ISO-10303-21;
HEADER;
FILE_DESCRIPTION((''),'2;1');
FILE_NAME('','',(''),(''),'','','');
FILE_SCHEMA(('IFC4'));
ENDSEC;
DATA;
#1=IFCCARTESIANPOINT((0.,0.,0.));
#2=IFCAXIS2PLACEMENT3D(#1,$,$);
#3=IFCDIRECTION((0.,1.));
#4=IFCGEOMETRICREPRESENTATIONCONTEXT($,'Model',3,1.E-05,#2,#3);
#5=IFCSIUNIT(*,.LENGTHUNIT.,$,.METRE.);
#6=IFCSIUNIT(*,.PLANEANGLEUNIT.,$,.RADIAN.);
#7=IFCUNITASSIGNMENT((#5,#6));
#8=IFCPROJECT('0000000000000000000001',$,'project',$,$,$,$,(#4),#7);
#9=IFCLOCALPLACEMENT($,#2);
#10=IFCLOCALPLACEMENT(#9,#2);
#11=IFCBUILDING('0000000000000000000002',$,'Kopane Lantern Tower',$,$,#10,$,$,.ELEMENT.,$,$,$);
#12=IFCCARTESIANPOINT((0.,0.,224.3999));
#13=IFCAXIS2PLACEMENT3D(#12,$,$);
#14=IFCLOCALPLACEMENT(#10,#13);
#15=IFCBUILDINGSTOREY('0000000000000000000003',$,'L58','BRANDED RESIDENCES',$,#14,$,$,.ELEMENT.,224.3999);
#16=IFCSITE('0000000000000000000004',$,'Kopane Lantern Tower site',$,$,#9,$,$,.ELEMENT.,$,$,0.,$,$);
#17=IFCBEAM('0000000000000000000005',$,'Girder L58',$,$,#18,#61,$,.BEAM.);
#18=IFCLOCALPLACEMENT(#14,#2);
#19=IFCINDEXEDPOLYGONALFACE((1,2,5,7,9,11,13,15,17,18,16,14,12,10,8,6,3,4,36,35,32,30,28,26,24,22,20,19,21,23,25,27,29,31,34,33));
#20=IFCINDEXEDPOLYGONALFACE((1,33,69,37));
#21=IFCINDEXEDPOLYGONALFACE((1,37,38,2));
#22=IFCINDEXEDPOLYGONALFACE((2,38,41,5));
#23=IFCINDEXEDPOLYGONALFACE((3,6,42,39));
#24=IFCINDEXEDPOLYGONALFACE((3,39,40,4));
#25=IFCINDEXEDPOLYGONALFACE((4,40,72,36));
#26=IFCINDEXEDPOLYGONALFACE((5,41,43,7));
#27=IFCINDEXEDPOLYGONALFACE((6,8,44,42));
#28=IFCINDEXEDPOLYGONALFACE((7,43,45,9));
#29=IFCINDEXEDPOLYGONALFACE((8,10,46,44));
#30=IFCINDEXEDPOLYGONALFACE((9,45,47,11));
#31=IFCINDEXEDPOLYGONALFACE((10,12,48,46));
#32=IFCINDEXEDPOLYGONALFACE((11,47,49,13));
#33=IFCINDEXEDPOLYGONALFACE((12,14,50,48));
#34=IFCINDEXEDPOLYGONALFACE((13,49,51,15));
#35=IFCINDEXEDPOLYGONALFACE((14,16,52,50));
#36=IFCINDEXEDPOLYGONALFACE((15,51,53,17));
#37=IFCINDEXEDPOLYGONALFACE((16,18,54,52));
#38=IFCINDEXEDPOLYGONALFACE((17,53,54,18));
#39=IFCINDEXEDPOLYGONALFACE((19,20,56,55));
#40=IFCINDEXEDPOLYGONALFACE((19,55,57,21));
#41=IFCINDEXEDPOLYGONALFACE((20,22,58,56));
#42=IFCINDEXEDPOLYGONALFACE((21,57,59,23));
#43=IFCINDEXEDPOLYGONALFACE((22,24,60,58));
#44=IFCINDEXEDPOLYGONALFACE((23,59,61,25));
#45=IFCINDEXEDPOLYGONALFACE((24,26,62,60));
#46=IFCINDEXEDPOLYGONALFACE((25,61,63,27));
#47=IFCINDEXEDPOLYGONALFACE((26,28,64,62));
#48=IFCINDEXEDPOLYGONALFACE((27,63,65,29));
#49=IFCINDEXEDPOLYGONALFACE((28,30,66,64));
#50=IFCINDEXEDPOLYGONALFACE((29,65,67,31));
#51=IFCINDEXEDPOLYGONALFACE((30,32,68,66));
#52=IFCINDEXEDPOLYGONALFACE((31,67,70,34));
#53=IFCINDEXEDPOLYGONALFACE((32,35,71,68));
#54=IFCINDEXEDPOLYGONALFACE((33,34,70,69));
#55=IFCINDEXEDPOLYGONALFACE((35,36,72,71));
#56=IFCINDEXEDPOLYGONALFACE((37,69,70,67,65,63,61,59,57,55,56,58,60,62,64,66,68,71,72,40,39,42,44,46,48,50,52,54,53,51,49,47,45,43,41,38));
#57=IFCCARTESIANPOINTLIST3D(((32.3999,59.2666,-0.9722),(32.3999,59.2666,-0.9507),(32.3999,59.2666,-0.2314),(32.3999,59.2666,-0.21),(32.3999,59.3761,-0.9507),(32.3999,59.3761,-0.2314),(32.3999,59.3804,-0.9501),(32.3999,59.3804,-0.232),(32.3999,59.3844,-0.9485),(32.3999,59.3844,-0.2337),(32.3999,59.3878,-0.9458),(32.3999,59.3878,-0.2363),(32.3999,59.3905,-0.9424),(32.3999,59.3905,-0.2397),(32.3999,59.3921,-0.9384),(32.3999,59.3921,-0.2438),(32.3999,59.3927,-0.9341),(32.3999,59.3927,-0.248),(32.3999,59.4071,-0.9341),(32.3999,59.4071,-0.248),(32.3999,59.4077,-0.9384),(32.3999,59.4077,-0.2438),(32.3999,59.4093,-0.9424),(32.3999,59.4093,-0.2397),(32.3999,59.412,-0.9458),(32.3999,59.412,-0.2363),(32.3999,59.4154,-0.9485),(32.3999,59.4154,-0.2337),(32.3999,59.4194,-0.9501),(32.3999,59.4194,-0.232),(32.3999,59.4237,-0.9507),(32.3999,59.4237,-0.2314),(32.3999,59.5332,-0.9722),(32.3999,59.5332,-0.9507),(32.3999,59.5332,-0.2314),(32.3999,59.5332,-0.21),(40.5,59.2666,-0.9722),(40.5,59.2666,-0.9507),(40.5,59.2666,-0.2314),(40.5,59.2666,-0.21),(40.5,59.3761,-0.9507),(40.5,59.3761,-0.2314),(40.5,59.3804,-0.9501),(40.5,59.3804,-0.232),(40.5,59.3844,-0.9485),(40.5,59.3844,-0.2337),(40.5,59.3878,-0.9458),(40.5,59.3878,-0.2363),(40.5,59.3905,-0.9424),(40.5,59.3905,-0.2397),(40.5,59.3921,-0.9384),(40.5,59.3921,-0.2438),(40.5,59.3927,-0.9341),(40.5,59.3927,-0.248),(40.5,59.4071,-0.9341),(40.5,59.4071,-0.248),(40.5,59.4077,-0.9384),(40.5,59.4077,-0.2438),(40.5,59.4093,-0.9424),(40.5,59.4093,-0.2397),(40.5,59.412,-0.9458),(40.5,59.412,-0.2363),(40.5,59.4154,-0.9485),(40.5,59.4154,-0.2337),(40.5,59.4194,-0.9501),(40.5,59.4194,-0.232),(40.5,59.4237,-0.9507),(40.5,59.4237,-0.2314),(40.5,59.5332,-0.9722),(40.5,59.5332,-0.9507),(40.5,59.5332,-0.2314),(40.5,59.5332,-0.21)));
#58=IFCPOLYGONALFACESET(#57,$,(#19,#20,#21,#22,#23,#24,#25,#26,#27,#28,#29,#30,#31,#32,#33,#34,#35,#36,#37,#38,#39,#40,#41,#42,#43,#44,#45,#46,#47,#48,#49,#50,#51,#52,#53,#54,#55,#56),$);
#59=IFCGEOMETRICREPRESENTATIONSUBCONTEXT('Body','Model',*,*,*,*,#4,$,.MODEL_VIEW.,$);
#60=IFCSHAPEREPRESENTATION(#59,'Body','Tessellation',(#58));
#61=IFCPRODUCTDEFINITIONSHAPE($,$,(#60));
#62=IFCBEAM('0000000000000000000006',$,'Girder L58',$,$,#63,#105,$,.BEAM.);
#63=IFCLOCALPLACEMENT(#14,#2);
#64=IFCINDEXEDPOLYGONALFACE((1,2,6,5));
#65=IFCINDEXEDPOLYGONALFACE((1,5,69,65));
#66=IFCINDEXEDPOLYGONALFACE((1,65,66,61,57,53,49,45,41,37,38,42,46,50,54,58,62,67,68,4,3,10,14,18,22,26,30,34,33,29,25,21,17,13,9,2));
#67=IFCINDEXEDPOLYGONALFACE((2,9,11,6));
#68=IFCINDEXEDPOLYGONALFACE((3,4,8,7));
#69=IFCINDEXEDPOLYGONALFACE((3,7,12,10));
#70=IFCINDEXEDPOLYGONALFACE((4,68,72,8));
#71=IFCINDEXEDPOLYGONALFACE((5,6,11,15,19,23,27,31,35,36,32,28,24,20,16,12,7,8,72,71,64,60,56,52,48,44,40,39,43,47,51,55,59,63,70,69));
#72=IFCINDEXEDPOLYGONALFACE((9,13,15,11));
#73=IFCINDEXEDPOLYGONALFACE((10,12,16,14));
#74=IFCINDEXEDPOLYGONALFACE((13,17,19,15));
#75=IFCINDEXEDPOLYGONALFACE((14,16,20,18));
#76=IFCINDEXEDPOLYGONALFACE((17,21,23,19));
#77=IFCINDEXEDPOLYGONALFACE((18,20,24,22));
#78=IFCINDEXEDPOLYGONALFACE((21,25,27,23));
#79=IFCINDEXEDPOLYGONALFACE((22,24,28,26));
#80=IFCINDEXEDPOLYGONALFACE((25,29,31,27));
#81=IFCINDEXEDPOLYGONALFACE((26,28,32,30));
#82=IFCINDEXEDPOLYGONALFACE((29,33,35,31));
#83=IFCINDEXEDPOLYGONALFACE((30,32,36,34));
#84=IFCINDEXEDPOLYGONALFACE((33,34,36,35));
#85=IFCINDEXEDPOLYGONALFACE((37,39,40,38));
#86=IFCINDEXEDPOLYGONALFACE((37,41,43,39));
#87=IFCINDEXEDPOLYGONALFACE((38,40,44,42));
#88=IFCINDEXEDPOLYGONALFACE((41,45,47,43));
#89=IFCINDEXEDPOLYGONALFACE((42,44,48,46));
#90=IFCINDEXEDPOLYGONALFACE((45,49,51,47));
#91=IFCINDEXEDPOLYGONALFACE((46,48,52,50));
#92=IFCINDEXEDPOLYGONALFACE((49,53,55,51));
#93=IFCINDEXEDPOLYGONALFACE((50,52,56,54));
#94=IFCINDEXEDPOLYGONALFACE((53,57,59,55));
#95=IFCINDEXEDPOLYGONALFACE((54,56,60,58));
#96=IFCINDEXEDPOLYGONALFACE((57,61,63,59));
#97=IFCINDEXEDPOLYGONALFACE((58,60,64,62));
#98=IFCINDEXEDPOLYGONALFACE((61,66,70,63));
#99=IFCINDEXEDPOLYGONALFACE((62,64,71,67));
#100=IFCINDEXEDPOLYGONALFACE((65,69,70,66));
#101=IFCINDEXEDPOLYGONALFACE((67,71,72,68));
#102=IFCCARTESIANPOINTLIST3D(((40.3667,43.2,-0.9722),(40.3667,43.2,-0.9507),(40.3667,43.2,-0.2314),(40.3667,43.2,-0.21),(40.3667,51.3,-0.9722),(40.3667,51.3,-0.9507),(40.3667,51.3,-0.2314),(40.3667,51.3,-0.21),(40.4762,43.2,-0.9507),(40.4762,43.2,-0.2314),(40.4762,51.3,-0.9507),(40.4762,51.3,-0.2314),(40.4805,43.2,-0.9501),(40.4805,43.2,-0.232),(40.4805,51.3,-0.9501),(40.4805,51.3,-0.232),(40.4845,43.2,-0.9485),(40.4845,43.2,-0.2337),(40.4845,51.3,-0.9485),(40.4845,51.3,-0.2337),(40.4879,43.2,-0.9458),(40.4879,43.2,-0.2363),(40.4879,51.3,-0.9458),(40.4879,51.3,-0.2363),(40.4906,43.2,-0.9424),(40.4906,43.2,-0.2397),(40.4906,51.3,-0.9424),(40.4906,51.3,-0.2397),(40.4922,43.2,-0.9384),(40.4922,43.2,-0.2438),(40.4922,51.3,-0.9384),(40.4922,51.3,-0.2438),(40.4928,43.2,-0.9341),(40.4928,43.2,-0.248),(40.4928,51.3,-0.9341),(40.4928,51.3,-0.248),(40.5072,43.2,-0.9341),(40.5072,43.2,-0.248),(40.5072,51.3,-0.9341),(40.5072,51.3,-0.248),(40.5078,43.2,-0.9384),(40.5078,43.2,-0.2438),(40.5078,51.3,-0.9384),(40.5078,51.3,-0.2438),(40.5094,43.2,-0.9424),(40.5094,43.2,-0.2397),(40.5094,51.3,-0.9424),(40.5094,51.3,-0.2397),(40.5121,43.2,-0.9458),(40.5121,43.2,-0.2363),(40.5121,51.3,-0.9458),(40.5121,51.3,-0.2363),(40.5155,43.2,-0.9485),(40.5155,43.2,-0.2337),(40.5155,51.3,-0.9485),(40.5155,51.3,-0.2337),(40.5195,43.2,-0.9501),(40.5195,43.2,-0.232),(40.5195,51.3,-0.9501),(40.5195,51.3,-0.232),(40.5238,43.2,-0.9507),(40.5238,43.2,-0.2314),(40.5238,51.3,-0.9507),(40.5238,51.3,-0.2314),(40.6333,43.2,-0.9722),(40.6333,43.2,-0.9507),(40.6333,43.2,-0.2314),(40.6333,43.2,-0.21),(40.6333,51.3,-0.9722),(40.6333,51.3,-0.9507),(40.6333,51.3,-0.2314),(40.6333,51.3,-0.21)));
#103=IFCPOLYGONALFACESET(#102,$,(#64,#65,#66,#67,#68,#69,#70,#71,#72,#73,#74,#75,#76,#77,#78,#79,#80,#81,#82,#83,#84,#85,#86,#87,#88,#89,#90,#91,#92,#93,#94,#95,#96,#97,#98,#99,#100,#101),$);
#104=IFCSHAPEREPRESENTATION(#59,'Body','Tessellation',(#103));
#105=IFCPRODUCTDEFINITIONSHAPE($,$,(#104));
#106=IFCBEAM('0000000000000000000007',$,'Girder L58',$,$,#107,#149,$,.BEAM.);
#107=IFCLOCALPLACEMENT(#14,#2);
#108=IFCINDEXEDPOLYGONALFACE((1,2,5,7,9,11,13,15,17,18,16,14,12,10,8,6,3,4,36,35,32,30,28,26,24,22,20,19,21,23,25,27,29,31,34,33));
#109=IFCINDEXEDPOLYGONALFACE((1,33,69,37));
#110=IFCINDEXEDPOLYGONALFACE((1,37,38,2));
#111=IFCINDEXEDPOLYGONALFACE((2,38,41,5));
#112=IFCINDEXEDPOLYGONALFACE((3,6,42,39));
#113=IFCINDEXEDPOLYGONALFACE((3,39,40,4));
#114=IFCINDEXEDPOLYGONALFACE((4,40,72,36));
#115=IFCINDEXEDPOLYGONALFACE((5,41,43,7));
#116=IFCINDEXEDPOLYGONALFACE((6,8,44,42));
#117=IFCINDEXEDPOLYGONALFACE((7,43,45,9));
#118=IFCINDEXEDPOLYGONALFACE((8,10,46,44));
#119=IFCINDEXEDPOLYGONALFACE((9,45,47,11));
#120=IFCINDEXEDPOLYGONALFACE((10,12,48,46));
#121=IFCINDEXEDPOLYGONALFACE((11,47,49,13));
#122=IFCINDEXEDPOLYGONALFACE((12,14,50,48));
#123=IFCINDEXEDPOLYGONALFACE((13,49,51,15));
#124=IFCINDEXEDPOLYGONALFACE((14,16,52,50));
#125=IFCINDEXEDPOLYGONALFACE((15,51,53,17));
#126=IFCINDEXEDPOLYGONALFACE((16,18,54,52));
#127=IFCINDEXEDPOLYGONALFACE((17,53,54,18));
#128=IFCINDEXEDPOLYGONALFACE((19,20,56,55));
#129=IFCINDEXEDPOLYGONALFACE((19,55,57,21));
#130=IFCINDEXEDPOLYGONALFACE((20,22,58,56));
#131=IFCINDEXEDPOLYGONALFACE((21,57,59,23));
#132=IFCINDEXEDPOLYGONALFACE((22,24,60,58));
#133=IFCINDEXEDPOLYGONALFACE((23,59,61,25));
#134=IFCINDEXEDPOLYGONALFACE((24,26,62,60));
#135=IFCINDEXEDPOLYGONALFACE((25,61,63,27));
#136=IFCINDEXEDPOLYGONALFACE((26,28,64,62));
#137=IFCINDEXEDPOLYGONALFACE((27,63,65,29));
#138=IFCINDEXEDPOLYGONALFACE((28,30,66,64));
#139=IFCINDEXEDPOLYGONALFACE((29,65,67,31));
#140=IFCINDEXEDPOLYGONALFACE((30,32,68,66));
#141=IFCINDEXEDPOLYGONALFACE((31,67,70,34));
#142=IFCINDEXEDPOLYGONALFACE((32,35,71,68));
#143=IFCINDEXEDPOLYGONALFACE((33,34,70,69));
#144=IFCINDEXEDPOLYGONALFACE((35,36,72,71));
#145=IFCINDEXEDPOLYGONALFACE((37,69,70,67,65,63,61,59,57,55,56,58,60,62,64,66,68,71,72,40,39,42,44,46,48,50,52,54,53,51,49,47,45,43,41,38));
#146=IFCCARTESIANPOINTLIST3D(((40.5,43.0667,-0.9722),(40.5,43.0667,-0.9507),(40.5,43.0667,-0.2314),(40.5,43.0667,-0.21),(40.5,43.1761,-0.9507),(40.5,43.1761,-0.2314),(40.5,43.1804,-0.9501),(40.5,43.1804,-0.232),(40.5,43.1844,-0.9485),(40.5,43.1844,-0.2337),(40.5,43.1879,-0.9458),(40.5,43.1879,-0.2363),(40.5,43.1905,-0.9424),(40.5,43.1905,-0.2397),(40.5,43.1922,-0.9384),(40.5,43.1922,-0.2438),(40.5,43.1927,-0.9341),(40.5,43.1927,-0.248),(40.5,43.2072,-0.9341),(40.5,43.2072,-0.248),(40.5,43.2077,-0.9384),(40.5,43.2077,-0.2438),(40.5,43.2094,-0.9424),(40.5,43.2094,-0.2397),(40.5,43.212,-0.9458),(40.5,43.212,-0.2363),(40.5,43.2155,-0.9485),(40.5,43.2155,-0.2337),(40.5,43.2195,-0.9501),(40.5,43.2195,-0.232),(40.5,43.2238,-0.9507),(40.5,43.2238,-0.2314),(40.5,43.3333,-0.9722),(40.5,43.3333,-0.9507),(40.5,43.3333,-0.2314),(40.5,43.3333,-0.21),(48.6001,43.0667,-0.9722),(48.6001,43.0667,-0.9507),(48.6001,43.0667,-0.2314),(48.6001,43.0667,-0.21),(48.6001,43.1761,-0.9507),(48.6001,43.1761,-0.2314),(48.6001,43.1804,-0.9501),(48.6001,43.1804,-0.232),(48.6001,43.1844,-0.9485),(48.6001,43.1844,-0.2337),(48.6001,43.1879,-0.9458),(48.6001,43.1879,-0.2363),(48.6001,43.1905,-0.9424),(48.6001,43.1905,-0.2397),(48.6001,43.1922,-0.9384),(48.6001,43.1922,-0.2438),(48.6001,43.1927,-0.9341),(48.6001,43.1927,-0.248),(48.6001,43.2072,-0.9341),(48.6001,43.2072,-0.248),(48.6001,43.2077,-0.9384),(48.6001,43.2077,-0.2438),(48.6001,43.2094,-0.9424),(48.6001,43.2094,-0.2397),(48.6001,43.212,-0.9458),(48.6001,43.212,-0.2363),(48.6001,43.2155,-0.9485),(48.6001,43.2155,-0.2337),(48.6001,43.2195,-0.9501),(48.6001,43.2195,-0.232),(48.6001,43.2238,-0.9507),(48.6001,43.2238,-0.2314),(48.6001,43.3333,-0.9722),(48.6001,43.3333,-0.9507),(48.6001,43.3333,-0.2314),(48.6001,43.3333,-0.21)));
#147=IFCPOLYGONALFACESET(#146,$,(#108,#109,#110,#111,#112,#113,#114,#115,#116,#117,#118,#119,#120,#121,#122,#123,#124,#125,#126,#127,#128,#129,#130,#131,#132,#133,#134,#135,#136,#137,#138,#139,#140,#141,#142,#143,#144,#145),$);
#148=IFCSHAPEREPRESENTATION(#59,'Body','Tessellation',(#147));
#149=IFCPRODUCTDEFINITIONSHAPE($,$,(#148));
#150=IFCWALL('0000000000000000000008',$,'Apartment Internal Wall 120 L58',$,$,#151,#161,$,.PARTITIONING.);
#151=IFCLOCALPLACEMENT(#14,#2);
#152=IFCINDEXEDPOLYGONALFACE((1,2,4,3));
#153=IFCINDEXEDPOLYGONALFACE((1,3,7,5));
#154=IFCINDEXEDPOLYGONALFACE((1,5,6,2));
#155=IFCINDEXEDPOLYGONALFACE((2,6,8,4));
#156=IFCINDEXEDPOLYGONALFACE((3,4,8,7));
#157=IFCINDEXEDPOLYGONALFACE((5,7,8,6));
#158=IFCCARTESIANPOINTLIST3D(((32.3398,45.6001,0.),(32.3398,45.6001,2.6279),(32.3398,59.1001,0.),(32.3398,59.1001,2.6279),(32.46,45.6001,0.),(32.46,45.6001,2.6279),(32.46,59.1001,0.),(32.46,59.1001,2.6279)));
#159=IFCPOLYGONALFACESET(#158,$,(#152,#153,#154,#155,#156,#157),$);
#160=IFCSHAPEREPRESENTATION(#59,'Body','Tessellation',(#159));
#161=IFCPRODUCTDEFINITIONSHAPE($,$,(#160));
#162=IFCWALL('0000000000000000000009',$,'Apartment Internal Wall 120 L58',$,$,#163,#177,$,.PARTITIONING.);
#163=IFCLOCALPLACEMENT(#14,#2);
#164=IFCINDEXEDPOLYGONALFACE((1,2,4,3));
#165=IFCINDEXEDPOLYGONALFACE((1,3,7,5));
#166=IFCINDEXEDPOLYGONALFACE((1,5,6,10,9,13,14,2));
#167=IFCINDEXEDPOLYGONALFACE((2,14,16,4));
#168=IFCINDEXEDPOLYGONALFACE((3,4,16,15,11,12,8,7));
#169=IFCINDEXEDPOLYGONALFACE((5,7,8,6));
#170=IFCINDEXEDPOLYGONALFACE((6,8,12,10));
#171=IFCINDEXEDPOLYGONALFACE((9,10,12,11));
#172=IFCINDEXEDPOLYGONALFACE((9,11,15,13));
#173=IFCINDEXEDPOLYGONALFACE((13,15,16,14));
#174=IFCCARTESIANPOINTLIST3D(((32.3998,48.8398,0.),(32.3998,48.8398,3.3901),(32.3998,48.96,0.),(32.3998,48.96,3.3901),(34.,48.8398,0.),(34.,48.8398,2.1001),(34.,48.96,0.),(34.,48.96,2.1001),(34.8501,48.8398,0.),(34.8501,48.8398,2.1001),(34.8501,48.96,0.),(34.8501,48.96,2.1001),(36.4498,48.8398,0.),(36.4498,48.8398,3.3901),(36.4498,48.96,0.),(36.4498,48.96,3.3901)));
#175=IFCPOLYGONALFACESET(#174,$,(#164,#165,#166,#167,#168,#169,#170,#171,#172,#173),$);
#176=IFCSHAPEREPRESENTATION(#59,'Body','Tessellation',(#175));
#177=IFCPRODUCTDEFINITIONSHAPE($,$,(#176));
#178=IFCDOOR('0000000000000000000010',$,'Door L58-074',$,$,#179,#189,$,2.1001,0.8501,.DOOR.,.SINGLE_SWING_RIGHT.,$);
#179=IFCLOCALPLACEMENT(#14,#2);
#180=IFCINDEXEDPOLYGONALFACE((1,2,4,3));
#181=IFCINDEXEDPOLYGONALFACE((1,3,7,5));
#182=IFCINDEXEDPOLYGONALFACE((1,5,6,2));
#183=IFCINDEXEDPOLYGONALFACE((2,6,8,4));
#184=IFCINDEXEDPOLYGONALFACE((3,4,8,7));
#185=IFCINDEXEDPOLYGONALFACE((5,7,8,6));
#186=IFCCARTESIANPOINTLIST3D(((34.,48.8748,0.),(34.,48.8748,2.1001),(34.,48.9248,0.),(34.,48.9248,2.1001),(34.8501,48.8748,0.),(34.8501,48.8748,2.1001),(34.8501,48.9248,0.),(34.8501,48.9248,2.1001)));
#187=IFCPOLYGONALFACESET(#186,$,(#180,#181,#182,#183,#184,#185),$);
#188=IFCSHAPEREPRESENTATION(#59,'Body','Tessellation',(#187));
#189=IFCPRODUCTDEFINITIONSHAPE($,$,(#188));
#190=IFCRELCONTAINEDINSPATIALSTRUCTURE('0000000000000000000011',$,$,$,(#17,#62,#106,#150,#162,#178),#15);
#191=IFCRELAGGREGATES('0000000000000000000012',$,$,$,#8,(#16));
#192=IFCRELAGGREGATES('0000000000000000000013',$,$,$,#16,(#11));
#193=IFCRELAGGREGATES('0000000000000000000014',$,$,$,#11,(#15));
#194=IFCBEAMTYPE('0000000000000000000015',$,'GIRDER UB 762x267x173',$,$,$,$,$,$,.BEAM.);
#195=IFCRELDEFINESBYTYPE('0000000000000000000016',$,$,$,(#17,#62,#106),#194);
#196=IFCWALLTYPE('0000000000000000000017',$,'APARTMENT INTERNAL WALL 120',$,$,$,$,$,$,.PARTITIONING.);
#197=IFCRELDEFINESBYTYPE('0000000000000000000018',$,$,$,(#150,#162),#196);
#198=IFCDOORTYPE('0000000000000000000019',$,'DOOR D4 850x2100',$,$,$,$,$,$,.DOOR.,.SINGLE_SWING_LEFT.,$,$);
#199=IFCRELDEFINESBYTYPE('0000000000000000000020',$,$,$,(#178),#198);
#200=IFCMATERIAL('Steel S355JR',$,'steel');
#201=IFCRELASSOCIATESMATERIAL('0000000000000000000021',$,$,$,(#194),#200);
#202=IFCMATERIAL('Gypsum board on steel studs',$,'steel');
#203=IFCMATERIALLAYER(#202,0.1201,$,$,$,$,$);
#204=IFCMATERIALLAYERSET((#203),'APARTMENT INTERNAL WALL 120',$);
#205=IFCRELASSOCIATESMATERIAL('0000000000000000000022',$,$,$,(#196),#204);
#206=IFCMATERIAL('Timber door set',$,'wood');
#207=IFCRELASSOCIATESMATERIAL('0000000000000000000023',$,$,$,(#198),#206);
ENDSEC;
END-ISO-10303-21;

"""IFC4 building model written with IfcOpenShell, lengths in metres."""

from ifc_helpers import new_model, si_unit, direction, frame, frame_2d, origin, origin_2d, place, context, subcontext, project, spatial, rectangle, i_section, extrude, material, layer, layer_set, material_profile, profile_set, type_object, element, fill, save


model = new_model("IFC4")

# Units and contexts
model_context = context("Model", 3, precision=1e-05, world=origin(), true_north=direction((0.0, 1.0)))
body_context = subcontext(model_context, "Body", "Model", "MODEL_VIEW")
ifc_project = project(units=[si_unit("LENGTHUNIT", "METRE"), si_unit("PLANEANGLEUNIT", "RADIAN")], contexts=[model_context])

# Site, building, storey
site_placement = place(None, origin())
site = spatial("IfcSite", under=ifc_project, at=site_placement, Name="Kopane Lantern Tower site", CompositionType="ELEMENT", RefElevation=0.0)
building_placement = place(site_placement, origin())
building = spatial("IfcBuilding", under=site, at=building_placement, Name="Kopane Lantern Tower", CompositionType="ELEMENT")
storey_placement = place(building_placement, frame((0.0, 0.0, 224.3999)))
storey = spatial("IfcBuildingStorey", under=building, at=storey_placement, Name="L58", Description="BRANDED RESIDENCES", CompositionType="ELEMENT", Elevation=224.3999)

# Beams
ifc_material_1 = material(Name="Steel S355JR", Category="steel")
ifc_material_profile_1 = material_profile(ifc_material_1, i_section(OverallWidth=0.2666, OverallDepth=0.7622, WebThickness=0.0144, FlangeThickness=0.0215, FilletRadius=0.0166, at=origin_2d()), Name="UB 762x267x173")
ifc_profile_set_1 = profile_set([ifc_material_profile_1], Name="Steel S355JR")
beam_type_1 = type_object("IfcBeamType", Name="GIRDER UB 762x267x173", PredefinedType="BEAM", material=ifc_profile_set_1)
for number, where, z_axis, x_axis, name in (
    (1, (32.3999, 59.3999, -0.5911), (1.0, 0.0, 0.0), (0.0, 1.0, 0.0), "Girder L58"),
    (2, (40.5, 43.2, -0.5911), (0.0, 1.0, 0.0), (-1.0, 0.0, 0.0), "Girder L58"),
    (3, (40.5, 43.2, -0.5911), (1.0, 0.0, 0.0), (0.0, 1.0, 0.0), "Girder L58"),
):
    element("IfcBeam", number, at=place(storey_placement, frame(where, z_axis=z_axis, x_axis=x_axis)), inside=storey, type_object=beam_type_1, Name=name, PredefinedType="BEAM", context=body_context, shape_type="SweptSolid", body=[
        extrude(i_section(OverallWidth=0.2666, OverallDepth=0.7622, WebThickness=0.0144, FlangeThickness=0.0215, FilletRadius=0.0166, at=origin_2d()), origin(), (0.0, 0.0, 1.0), 8.1001),
    ])

# Wall
ifc_material_2 = material(Name="Gypsum board on steel studs", Category="steel")
ifc_layer_1 = layer(ifc_material_2, 0.1201)
ifc_layer_set_1 = layer_set([ifc_layer_1], Name="APARTMENT INTERNAL WALL 120")
wall_type_1 = type_object("IfcWallType", Name="APARTMENT INTERNAL WALL 120", PredefinedType="PARTITIONING", material=ifc_layer_set_1)
wall_1_placement = place(storey_placement, frame((32.3999, 45.6001, 0.0), z_axis=(0.0, 0.0, 1.0), x_axis=(0.0, 1.0, 0.0)))
element("IfcWall", 4, at=wall_1_placement, inside=storey, type_object=wall_type_1, Name="Apartment Internal Wall 120 L58", PredefinedType="PARTITIONING", context=body_context, shape_type="SweptSolid", body=[
    extrude(rectangle(XDim=13.5, YDim=0.1201, at=frame_2d((6.75, 0.0))), origin(), (0.0, 0.0, 1.0), 2.6279),
])

# Wall, opening, door
wall_2_placement = place(storey_placement, frame((32.3999, 48.8999, 0.0), z_axis=(0.0, 0.0, 1.0), x_axis=(1.0, 0.0, 0.0)))
wall_2 = element("IfcWall", 5, at=wall_2_placement, inside=storey, type_object=wall_type_1, Name="Apartment Internal Wall 120 L58", PredefinedType="PARTITIONING", context=body_context, shape_type="SweptSolid", body=[
    extrude(rectangle(XDim=4.05, YDim=0.1201, at=frame_2d((2.0249, 0.0))), origin(), (0.0, 0.0, 1.0), 3.3901),
])
opening_1_placement = place(wall_2_placement, frame((1.6001, 0.0, 0.0)))
opening_1 = element("IfcOpeningElement", 6, at=opening_1_placement, cuts=wall_2, PredefinedType="OPENING", context=body_context, shape_type="SweptSolid", body=[
    extrude(rectangle(XDim=0.8501, YDim=2.1001, at=frame_2d((0.425, 1.05))), frame((0.0, 0.0701, 0.0), z_axis=(0.0, -1.0, 0.0), x_axis=(1.0, 0.0, 0.0)), (0.0, 0.0, 1.0), 0.1401),
])
ifc_material_3 = material(Name="Timber door set", Category="wood")
door_type_1 = type_object("IfcDoorType", Name="DOOR D4 850x2100", OperationType="SINGLE_SWING_LEFT", PredefinedType="DOOR", material=ifc_material_3)
door_1_placement = place(opening_1_placement, origin())
door_1 = element("IfcDoor", 7, at=door_1_placement, inside=storey, type_object=door_type_1, Name="Door L58-074", OperationType="SINGLE_SWING_RIGHT", OverallHeight=2.1001, OverallWidth=0.8501, PredefinedType="DOOR", context=body_context, shape_type="SweptSolid", body=[
    extrude(rectangle(XDim=0.8501, YDim=2.1001, at=frame_2d((0.425, 1.05))), frame((0.0, 0.0249, 0.0), z_axis=(0.0, -1.0, 0.0), x_axis=(1.0, 0.0, 0.0)), (0.0, 0.0, 1.0), 0.05),
])
fill(opening_1, door_1)

save(model, "model.ifc")
